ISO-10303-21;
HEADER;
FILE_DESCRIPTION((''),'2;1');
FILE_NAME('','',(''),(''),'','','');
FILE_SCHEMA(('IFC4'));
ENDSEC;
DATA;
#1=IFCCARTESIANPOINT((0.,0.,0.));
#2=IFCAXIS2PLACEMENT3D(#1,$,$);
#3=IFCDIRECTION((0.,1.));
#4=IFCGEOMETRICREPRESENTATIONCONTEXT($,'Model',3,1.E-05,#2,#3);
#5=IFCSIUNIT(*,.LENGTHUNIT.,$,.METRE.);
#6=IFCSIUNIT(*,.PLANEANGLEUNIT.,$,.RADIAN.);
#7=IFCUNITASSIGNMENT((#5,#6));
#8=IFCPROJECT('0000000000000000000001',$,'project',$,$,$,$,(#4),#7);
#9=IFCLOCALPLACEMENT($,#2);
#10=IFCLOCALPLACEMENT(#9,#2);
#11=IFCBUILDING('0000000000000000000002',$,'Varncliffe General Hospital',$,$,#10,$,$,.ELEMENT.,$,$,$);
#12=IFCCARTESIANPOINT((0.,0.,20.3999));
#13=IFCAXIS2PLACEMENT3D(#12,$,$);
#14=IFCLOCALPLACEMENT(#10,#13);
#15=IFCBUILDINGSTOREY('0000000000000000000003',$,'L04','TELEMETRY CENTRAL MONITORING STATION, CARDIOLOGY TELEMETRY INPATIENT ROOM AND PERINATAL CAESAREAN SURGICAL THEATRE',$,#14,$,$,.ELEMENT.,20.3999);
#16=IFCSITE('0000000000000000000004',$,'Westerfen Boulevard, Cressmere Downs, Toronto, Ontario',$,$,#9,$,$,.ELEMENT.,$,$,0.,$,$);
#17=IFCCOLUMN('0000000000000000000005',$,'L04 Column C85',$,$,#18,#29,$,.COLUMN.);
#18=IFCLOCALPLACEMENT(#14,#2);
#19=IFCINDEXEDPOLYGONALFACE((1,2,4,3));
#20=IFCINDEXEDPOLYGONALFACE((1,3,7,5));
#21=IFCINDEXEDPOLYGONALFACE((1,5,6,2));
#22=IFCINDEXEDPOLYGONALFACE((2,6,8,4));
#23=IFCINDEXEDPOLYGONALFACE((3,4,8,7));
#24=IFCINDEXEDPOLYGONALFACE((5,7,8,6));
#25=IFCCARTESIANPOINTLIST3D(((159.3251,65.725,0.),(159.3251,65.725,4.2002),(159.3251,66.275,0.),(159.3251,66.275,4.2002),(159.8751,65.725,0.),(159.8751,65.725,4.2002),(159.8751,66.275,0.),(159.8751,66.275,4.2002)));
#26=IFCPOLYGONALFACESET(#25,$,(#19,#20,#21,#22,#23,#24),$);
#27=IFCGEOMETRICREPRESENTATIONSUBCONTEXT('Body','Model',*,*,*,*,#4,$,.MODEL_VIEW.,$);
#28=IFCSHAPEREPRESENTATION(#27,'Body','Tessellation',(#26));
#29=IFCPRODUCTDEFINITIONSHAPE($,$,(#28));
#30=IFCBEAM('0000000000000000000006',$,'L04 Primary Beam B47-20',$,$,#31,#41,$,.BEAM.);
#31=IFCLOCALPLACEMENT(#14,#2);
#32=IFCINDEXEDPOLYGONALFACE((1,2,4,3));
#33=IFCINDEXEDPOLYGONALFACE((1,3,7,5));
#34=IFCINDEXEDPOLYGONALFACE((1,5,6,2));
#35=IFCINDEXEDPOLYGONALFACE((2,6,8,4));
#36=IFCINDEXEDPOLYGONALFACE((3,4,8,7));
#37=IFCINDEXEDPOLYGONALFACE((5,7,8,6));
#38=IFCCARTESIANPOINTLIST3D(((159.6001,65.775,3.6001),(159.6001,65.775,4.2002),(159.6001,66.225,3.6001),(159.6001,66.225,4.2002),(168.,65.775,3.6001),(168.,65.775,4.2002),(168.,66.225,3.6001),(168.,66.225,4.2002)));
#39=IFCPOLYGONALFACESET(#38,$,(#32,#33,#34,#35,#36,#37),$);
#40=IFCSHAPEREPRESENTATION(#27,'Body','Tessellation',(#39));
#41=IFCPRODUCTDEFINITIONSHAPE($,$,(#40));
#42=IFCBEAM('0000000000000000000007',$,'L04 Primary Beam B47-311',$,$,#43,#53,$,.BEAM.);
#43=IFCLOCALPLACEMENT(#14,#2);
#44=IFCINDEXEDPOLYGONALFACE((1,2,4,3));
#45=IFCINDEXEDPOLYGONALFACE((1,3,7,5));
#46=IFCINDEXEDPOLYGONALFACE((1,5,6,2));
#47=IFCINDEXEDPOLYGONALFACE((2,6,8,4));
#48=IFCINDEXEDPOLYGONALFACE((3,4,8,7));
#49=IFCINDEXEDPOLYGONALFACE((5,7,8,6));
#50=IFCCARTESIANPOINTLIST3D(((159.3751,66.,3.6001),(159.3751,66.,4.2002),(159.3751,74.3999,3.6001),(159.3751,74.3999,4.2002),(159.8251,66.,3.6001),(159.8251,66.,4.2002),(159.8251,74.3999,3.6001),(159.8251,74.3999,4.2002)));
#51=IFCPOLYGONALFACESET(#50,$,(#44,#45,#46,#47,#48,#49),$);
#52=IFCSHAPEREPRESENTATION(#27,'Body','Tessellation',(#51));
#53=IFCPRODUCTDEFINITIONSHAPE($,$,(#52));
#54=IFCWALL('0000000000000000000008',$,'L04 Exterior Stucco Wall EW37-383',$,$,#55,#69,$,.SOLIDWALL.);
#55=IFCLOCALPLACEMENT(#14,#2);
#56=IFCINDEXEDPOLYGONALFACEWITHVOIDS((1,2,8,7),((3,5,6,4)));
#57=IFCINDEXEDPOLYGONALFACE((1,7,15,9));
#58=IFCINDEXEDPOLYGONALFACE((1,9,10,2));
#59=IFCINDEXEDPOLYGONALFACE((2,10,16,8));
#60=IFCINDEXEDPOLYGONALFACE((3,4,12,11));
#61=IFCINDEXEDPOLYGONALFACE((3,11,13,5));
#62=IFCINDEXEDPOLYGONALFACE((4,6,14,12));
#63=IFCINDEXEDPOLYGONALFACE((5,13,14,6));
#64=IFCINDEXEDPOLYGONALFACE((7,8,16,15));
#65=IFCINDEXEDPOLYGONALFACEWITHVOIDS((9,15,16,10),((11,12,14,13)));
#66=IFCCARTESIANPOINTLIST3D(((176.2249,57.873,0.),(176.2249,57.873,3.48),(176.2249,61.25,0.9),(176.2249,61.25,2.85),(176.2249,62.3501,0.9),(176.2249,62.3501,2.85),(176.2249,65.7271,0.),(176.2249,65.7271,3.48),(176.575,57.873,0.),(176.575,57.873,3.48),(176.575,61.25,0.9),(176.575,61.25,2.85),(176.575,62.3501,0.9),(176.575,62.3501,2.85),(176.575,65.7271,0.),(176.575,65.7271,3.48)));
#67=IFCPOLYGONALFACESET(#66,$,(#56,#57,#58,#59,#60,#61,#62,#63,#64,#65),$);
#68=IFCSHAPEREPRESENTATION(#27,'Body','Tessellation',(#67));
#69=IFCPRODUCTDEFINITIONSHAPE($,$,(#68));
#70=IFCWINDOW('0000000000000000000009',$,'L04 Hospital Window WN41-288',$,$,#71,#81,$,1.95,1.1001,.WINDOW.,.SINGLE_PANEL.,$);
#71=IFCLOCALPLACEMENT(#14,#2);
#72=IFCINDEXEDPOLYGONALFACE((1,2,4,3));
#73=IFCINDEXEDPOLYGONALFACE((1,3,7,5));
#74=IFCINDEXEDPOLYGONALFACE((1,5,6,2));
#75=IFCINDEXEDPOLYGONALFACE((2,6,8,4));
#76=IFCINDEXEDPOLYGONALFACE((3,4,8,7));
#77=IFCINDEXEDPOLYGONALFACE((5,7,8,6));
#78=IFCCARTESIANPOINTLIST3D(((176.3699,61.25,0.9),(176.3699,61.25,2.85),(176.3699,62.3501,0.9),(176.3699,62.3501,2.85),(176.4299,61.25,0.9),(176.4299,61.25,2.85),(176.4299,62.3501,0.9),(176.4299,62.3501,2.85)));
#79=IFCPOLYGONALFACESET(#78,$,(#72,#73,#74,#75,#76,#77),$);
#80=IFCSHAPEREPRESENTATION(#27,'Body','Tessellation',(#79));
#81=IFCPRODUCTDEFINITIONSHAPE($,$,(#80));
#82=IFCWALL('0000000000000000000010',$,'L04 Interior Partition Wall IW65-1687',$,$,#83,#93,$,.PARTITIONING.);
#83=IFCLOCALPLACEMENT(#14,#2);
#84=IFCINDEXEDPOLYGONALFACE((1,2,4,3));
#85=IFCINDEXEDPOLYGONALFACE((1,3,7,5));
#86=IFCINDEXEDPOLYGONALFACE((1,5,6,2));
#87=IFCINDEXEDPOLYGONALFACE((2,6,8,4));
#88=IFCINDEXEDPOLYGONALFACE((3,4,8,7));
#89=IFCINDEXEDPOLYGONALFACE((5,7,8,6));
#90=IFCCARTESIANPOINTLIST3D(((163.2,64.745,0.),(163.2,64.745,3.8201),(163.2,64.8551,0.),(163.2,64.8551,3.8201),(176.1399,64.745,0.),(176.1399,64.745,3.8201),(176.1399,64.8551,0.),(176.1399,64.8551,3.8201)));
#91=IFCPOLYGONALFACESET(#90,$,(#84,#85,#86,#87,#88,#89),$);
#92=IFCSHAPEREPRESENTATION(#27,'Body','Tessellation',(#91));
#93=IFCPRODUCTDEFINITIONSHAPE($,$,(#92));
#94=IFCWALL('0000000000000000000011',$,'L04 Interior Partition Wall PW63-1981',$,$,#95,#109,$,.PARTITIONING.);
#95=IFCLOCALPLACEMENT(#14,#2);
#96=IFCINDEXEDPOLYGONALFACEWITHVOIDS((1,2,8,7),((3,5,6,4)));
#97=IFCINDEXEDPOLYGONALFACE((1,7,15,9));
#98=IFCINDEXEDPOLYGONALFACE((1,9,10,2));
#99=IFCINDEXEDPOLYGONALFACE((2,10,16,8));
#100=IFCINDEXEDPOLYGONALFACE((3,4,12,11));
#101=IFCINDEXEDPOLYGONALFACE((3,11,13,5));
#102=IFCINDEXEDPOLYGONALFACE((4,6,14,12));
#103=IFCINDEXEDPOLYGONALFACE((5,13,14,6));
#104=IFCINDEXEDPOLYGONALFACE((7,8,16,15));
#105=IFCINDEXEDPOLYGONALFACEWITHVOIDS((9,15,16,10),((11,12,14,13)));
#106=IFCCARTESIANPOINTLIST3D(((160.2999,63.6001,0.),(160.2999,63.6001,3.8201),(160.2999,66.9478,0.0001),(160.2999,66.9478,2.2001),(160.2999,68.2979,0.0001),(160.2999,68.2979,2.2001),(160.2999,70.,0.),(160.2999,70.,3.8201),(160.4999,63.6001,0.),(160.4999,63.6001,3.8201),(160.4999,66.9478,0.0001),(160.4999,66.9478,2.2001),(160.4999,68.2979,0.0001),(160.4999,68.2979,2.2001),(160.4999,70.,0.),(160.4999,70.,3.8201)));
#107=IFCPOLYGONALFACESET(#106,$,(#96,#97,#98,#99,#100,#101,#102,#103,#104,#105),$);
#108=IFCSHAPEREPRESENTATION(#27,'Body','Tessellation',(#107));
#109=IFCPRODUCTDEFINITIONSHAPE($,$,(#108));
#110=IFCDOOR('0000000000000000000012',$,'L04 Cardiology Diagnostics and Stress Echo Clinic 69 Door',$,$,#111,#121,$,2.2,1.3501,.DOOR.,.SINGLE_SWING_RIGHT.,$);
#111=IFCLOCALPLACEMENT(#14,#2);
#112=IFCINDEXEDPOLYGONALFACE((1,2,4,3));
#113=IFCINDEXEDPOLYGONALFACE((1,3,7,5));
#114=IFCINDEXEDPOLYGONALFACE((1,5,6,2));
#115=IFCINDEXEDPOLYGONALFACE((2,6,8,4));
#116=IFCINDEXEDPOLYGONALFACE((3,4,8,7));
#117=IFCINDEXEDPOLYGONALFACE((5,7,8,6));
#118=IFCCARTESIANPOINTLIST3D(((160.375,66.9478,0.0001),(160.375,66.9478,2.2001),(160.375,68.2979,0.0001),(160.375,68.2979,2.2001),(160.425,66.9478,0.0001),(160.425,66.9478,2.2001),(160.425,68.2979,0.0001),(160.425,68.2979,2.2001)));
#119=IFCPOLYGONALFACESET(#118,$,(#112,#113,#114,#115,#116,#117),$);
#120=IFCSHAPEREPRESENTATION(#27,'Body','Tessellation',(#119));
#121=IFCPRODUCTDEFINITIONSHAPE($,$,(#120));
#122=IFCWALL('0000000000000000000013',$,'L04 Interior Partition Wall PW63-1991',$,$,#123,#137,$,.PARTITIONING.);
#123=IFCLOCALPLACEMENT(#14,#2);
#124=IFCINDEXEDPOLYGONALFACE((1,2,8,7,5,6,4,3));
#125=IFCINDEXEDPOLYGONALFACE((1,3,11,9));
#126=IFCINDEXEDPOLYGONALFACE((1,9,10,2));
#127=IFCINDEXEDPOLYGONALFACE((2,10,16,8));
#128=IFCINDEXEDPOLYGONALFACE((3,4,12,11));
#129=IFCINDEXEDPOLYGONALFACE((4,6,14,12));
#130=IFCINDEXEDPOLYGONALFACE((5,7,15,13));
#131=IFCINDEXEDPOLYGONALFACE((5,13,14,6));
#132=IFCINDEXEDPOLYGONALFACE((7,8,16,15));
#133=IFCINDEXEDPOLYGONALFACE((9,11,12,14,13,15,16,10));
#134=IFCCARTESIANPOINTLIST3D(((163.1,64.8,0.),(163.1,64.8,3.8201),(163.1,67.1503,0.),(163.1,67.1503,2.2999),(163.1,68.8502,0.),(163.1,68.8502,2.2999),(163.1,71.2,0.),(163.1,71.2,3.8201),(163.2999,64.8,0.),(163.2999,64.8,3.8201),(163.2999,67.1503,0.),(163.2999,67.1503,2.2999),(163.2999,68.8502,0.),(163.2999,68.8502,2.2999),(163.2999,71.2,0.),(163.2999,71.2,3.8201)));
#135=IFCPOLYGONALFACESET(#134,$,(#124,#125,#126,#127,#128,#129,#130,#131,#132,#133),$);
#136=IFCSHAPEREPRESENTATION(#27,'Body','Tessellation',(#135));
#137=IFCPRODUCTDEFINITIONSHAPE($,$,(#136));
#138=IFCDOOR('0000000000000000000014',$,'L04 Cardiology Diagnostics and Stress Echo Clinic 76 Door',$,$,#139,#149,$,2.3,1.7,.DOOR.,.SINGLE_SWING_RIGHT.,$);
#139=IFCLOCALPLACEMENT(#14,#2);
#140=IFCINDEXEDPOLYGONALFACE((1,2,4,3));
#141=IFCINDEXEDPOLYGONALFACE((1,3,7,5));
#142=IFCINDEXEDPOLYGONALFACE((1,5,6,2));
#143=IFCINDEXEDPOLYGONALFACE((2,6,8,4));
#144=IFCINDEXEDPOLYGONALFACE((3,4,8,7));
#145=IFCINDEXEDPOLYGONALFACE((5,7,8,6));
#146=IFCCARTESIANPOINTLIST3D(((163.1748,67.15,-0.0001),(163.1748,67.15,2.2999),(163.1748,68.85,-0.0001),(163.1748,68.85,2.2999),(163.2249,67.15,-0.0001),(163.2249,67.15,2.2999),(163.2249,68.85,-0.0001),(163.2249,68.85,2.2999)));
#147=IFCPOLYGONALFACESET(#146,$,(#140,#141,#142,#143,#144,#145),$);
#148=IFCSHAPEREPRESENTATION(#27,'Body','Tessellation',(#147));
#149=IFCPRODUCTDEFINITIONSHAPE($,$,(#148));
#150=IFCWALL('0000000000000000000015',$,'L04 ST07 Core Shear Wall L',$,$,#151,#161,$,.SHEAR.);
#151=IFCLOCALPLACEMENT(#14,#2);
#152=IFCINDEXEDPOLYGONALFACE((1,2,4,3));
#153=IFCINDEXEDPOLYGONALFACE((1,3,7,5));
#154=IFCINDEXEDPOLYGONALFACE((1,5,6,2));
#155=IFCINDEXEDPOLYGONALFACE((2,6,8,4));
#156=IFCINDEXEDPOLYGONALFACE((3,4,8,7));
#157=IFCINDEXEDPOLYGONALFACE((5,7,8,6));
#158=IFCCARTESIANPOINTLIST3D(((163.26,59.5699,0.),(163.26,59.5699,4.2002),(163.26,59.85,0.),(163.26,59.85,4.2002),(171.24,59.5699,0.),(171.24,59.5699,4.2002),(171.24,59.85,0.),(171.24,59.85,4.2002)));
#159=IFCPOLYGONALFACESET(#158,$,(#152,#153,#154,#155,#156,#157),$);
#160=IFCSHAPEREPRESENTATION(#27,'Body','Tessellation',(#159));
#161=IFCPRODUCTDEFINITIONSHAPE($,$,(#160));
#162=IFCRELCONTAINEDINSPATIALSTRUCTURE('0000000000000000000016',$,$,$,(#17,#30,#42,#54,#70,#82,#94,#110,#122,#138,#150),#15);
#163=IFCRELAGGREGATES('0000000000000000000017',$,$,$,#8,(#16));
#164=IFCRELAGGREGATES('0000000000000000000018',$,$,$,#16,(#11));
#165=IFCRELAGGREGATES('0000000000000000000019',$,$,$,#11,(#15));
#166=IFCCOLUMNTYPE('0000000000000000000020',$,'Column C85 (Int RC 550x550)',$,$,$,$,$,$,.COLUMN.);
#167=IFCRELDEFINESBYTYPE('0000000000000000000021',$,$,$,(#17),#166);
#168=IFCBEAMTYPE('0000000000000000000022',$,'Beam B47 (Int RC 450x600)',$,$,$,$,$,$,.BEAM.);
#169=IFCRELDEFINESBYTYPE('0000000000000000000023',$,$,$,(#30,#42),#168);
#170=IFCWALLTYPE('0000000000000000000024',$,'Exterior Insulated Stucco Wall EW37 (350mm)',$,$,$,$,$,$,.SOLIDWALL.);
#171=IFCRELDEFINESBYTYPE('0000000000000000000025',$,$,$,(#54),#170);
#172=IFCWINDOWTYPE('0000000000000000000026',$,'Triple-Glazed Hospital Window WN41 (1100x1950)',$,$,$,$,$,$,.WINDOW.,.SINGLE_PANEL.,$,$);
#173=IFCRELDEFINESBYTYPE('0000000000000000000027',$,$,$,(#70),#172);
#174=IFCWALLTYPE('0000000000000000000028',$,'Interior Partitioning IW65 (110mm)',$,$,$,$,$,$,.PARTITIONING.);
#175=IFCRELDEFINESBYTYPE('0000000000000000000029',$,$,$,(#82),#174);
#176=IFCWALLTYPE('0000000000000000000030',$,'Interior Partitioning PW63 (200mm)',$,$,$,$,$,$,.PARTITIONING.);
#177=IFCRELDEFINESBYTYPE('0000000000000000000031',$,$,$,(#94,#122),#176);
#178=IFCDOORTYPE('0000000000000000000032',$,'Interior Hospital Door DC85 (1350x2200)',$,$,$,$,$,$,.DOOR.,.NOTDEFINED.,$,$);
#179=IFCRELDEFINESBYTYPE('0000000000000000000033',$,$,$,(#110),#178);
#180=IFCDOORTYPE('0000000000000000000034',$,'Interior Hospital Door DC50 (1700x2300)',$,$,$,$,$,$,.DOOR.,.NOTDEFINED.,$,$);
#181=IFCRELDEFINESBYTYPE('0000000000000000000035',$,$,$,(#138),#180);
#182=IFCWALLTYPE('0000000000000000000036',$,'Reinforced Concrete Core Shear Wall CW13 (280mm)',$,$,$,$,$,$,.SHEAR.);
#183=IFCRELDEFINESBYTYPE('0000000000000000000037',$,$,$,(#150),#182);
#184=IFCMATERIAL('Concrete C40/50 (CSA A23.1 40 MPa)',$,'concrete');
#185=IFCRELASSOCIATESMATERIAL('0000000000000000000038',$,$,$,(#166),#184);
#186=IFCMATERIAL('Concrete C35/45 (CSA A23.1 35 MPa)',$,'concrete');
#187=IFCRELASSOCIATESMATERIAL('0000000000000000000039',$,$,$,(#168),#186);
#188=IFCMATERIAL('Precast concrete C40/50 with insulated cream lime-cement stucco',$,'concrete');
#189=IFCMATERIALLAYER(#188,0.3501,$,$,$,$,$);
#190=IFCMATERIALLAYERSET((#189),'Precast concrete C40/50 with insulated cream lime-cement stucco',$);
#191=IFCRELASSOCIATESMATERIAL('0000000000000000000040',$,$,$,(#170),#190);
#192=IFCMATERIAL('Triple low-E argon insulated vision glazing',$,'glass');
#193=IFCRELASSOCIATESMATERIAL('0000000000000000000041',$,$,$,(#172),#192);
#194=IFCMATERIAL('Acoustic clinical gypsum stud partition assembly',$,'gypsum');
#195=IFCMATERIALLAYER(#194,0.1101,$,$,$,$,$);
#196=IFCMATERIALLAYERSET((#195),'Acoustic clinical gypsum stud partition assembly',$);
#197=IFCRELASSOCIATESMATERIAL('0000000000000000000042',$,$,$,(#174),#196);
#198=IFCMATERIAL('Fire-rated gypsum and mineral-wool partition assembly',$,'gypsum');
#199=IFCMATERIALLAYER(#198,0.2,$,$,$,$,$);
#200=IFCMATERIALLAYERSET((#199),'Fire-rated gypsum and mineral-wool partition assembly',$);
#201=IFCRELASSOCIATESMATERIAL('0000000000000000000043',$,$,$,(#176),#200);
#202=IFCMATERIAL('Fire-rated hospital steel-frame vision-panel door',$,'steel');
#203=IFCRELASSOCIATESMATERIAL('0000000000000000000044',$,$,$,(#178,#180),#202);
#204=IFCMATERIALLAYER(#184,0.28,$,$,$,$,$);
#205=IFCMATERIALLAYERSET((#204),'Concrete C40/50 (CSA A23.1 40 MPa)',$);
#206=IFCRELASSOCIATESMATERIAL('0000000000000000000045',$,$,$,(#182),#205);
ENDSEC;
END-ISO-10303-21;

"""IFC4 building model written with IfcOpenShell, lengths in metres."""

from ifc_helpers import new_model, si_unit, direction, frame, frame_2d, origin, origin_2d, place, context, subcontext, project, spatial, rectangle, extrude, material, layer, layer_set, material_profile, profile_set, type_object, element, fill, save


model = new_model("IFC4")

# Units and contexts
model_context = context("Model", 3, precision=1e-05, world=origin(), true_north=direction((0.0, 1.0)))
body_context = subcontext(model_context, "Body", "Model", "MODEL_VIEW")
ifc_project = project(units=[si_unit("LENGTHUNIT", "METRE"), si_unit("PLANEANGLEUNIT", "RADIAN")], contexts=[model_context])

# Site, building, storey
site_placement = place(None, origin())
site = spatial("IfcSite", under=ifc_project, at=site_placement, Name="Westerfen Boulevard, Cressmere Downs, Toronto, Ontario", CompositionType="ELEMENT", RefElevation=0.0)
building_placement = place(site_placement, origin())
building = spatial("IfcBuilding", under=site, at=building_placement, Name="Varncliffe General Hospital", CompositionType="ELEMENT")
storey_placement = place(building_placement, frame((0.0, 0.0, 20.3999)))
storey = spatial("IfcBuildingStorey", under=building, at=storey_placement, Name="L04", Description="TELEMETRY CENTRAL MONITORING STATION, CARDIOLOGY TELEMETRY INPATIENT ROOM AND PERINATAL CAESAREAN SURGICAL THEATRE", CompositionType="ELEMENT", Elevation=20.3999)

# Column
ifc_material_1 = material(Name="Concrete C40/50 (CSA A23.1 40 MPa)", Category="concrete")
ifc_material_profile_1 = material_profile(ifc_material_1, rectangle(XDim=0.55, YDim=0.55, at=origin_2d()), Name="RC 550x550")
ifc_profile_set_1 = profile_set([ifc_material_profile_1], Name="Concrete C40/50 (CSA A23.1 40 MPa)")
column_type = type_object("IfcColumnType", Name="Column C85 (Int RC 550x550)", PredefinedType="COLUMN", material=ifc_profile_set_1)
column_placement = place(storey_placement, frame((159.6001, 66.0, 0.0), z_axis=(0.0, 0.0, 1.0), x_axis=(1.0, 0.0, 0.0)))
element("IfcColumn", 1, at=column_placement, inside=storey, type_object=column_type, Name="L04 Column C85", PredefinedType="COLUMN", context=body_context, shape_type="SweptSolid", body=[
    extrude(rectangle(XDim=0.55, YDim=0.55, at=origin_2d()), origin(), (0.0, 0.0, 1.0), 4.2002),
])

# Beams
ifc_material_2 = material(Name="Concrete C35/45 (CSA A23.1 35 MPa)", Category="concrete")
ifc_material_profile_2 = material_profile(ifc_material_2, rectangle(XDim=0.45, YDim=0.6001, at=origin_2d()), Name="RC 450x600")
ifc_profile_set_2 = profile_set([ifc_material_profile_2], Name="Concrete C35/45 (CSA A23.1 35 MPa)")
beam_type = type_object("IfcBeamType", Name="Beam B47 (Int RC 450x600)", PredefinedType="BEAM", material=ifc_profile_set_2)
for number, where, z_axis, x_axis, name in (
    (2, (159.6001, 66.0, 3.9001), (1.0, 0.0, 0.0), (0.0, 1.0, 0.0), "L04 Primary Beam B47-20"),
    (3, (159.6001, 66.0, 3.9001), (0.0, 1.0, 0.0), (-1.0, 0.0, 0.0), "L04 Primary Beam B47-311"),
):
    element("IfcBeam", number, at=place(storey_placement, frame(where, z_axis=z_axis, x_axis=x_axis)), inside=storey, type_object=beam_type, Name=name, PredefinedType="BEAM", context=body_context, shape_type="SweptSolid", body=[
        extrude(rectangle(XDim=0.45, YDim=0.6001, at=origin_2d()), origin(), (0.0, 0.0, 1.0), 8.3999),
    ])

# Wall, opening, window
ifc_material_3 = material(Name="Precast concrete C40/50 with insulated cream lime-cement stucco", Category="concrete")
ifc_layer_1 = layer(ifc_material_3, 0.3501)
ifc_layer_set_1 = layer_set([ifc_layer_1], Name="Precast concrete C40/50 with insulated cream lime-cement stucco")
wall_type_1 = type_object("IfcWallType", Name="Exterior Insulated Stucco Wall EW37 (350mm)", PredefinedType="SOLIDWALL", material=ifc_layer_set_1)
wall_1_placement = place(storey_placement, frame((176.3999, 65.7271, 0.0), z_axis=(0.0, 0.0, 1.0), x_axis=(0.0, -1.0, 0.0)))
wall_1 = element("IfcWall", 4, at=wall_1_placement, inside=storey, type_object=wall_type_1, Name="L04 Exterior Stucco Wall EW37-383", PredefinedType="SOLIDWALL", context=body_context, shape_type="SweptSolid", body=[
    extrude(rectangle(XDim=7.854, YDim=0.3501, at=frame_2d((3.927, 0.0))), origin(), (0.0, 0.0, 1.0), 3.48),
])
opening_1_placement = place(wall_1_placement, frame((3.377, 0.0, 0.8999)))
opening_1 = element("IfcOpeningElement", 5, at=opening_1_placement, cuts=wall_1, PredefinedType="OPENING", context=body_context, shape_type="SweptSolid", body=[
    extrude(rectangle(XDim=1.1001, YDim=1.95, at=frame_2d((0.55, 0.9751))), frame((0.0, 0.1851, 0.0), z_axis=(0.0, -1.0, 0.0), x_axis=(1.0, 0.0, 0.0)), (0.0, 0.0, 1.0), 0.3701),
])
ifc_material_4 = material(Name="Triple low-E argon insulated vision glazing", Category="glass")
window_type = type_object("IfcWindowType", Name="Triple-Glazed Hospital Window WN41 (1100x1950)", PartitioningType="SINGLE_PANEL", PredefinedType="WINDOW", material=ifc_material_4)
window_placement = place(opening_1_placement, origin())
window = element("IfcWindow", 6, at=window_placement, inside=storey, type_object=window_type, Name="L04 Hospital Window WN41-288", OverallHeight=1.95, OverallWidth=1.1001, PartitioningType="SINGLE_PANEL", PredefinedType="WINDOW", context=body_context, shape_type="SweptSolid", body=[
    extrude(rectangle(XDim=1.1001, YDim=1.95, at=frame_2d((0.55, 0.9751))), frame((0.0, 0.03, 0.0), z_axis=(0.0, -1.0, 0.0), x_axis=(1.0, 0.0, 0.0)), (0.0, 0.0, 1.0), 0.0601),
])
fill(opening_1, window)

# Wall
ifc_material_5 = material(Name="Acoustic clinical gypsum stud partition assembly", Category="gypsum")
ifc_layer_2 = layer(ifc_material_5, 0.1101)
ifc_layer_set_2 = layer_set([ifc_layer_2], Name="Acoustic clinical gypsum stud partition assembly")
wall_type_2 = type_object("IfcWallType", Name="Interior Partitioning IW65 (110mm)", PredefinedType="PARTITIONING", material=ifc_layer_set_2)
wall_2_placement = place(storey_placement, frame((163.2, 64.8, 0.0), z_axis=(0.0, 0.0, 1.0), x_axis=(1.0, 0.0, 0.0)))
element("IfcWall", 7, at=wall_2_placement, inside=storey, type_object=wall_type_2, Name="L04 Interior Partition Wall IW65-1687", PredefinedType="PARTITIONING", context=body_context, shape_type="SweptSolid", body=[
    extrude(rectangle(XDim=12.9399, YDim=0.1101, at=frame_2d((6.47, 0.0))), origin(), (0.0, 0.0, 1.0), 3.8201),
])

# Walls, openings, doors
ifc_material_6 = material(Name="Fire-rated gypsum and mineral-wool partition assembly", Category="gypsum")
ifc_layer_3 = layer(ifc_material_6, 0.2)
ifc_layer_set_3 = layer_set([ifc_layer_3], Name="Fire-rated gypsum and mineral-wool partition assembly")
wall_type_3 = type_object("IfcWallType", Name="Interior Partitioning PW63 (200mm)", PredefinedType="PARTITIONING", material=ifc_layer_set_3)
wall_3_placement = place(storey_placement, frame((160.3999, 63.6001, 0.0), z_axis=(0.0, 0.0, 1.0), x_axis=(0.0, 1.0, 0.0)))
wall_3 = element("IfcWall", 8, at=wall_3_placement, inside=storey, type_object=wall_type_3, Name="L04 Interior Partition Wall PW63-1981", PredefinedType="PARTITIONING", context=body_context, shape_type="SweptSolid", body=[
    extrude(rectangle(XDim=6.3999, YDim=0.2, at=frame_2d((3.2, 0.0))), origin(), (0.0, 0.0, 1.0), 3.8201),
])
opening_2_placement = place(wall_3_placement, frame((3.3477, 0.0, 0.0)))
opening_2 = element("IfcOpeningElement", 9, at=opening_2_placement, cuts=wall_3, PredefinedType="OPENING", context=body_context, shape_type="SweptSolid", body=[
    extrude(rectangle(XDim=1.3501, YDim=2.2, at=frame_2d((0.675, 1.1001))), frame((0.0, 0.1099, 0.0), z_axis=(0.0, -1.0, 0.0), x_axis=(1.0, 0.0, 0.0)), (0.0, 0.0, 1.0), 0.22),
])
ifc_material_7 = material(Name="Fire-rated hospital steel-frame vision-panel door", Category="steel")
door_type_1 = type_object("IfcDoorType", Name="Interior Hospital Door DC85 (1350x2200)", OperationType="NOTDEFINED", PredefinedType="DOOR", material=ifc_material_7)
door_1_placement = place(opening_2_placement, origin())
door_1 = element("IfcDoor", 10, at=door_1_placement, inside=storey, type_object=door_type_1, Name="L04 Cardiology Diagnostics and Stress Echo Clinic 69 Door", OperationType="SINGLE_SWING_RIGHT", OverallHeight=2.2, OverallWidth=1.3501, PredefinedType="DOOR", context=body_context, shape_type="SweptSolid", body=[
    extrude(rectangle(XDim=1.3501, YDim=2.2, at=frame_2d((0.675, 1.1001))), frame((0.0, 0.0249, 0.0), z_axis=(0.0, -1.0, 0.0), x_axis=(1.0, 0.0, 0.0)), (0.0, 0.0, 1.0), 0.05),
])
fill(opening_2, door_1)
wall_4_placement = place(storey_placement, frame((163.2, 64.8, 0.0), z_axis=(0.0, 0.0, 1.0), x_axis=(0.0, 1.0, 0.0)))
wall_4 = element("IfcWall", 11, at=wall_4_placement, inside=storey, type_object=wall_type_3, Name="L04 Interior Partition Wall PW63-1991", PredefinedType="PARTITIONING", context=body_context, shape_type="SweptSolid", body=[
    extrude(rectangle(XDim=6.3999, YDim=0.2, at=frame_2d((3.2, 0.0))), origin(), (0.0, 0.0, 1.0), 3.8201),
])
opening_3_placement = place(wall_4_placement, frame((2.3501, 0.0, 0.0)))
opening_3 = element("IfcOpeningElement", 12, at=opening_3_placement, cuts=wall_4, PredefinedType="OPENING", context=body_context, shape_type="SweptSolid", body=[
    extrude(rectangle(XDim=1.7, YDim=2.3, at=frame_2d((0.8501, 1.1499))), frame((0.0, 0.1099, 0.0), z_axis=(0.0, -1.0, 0.0), x_axis=(1.0, 0.0, 0.0)), (0.0, 0.0, 1.0), 0.22),
])
door_type_2 = type_object("IfcDoorType", Name="Interior Hospital Door DC50 (1700x2300)", OperationType="NOTDEFINED", PredefinedType="DOOR", material=ifc_material_7)
door_2_placement = place(opening_3_placement, frame((1.7, 0.0, 0.0), z_axis=(0.0, 0.0, 1.0), x_axis=(-1.0, 0.0, 0.0)))
door_2 = element("IfcDoor", 13, at=door_2_placement, inside=storey, type_object=door_type_2, Name="L04 Cardiology Diagnostics and Stress Echo Clinic 76 Door", OperationType="SINGLE_SWING_RIGHT", OverallHeight=2.3, OverallWidth=1.7, PredefinedType="DOOR", context=body_context, shape_type="SweptSolid", body=[
    extrude(rectangle(XDim=1.7, YDim=2.3, at=frame_2d((0.8501, 1.1499))), frame((0.0, 0.0249, 0.0), z_axis=(0.0, -1.0, 0.0), x_axis=(1.0, 0.0, 0.0)), (0.0, 0.0, 1.0), 0.05),
])
fill(opening_3, door_2)

# Wall
ifc_layer_4 = layer(ifc_material_1, 0.28)
ifc_layer_set_4 = layer_set([ifc_layer_4], Name="Concrete C40/50 (CSA A23.1 40 MPa)")
wall_type_4 = type_object("IfcWallType", Name="Reinforced Concrete Core Shear Wall CW13 (280mm)", PredefinedType="SHEAR", material=ifc_layer_set_4)
wall_5_placement = place(storey_placement, frame((163.26, 59.71, 0.0), z_axis=(0.0, 0.0, 1.0), x_axis=(1.0, 0.0, 0.0)))
element("IfcWall", 14, at=wall_5_placement, inside=storey, type_object=wall_type_4, Name="L04 ST07 Core Shear Wall L", PredefinedType="SHEAR", context=body_context, shape_type="SweptSolid", body=[
    extrude(rectangle(XDim=7.98, YDim=0.28, at=frame_2d((3.99, 0.0))), origin(), (0.0, 0.0, 1.0), 4.2002),
])

save(model, "model.ifc")
